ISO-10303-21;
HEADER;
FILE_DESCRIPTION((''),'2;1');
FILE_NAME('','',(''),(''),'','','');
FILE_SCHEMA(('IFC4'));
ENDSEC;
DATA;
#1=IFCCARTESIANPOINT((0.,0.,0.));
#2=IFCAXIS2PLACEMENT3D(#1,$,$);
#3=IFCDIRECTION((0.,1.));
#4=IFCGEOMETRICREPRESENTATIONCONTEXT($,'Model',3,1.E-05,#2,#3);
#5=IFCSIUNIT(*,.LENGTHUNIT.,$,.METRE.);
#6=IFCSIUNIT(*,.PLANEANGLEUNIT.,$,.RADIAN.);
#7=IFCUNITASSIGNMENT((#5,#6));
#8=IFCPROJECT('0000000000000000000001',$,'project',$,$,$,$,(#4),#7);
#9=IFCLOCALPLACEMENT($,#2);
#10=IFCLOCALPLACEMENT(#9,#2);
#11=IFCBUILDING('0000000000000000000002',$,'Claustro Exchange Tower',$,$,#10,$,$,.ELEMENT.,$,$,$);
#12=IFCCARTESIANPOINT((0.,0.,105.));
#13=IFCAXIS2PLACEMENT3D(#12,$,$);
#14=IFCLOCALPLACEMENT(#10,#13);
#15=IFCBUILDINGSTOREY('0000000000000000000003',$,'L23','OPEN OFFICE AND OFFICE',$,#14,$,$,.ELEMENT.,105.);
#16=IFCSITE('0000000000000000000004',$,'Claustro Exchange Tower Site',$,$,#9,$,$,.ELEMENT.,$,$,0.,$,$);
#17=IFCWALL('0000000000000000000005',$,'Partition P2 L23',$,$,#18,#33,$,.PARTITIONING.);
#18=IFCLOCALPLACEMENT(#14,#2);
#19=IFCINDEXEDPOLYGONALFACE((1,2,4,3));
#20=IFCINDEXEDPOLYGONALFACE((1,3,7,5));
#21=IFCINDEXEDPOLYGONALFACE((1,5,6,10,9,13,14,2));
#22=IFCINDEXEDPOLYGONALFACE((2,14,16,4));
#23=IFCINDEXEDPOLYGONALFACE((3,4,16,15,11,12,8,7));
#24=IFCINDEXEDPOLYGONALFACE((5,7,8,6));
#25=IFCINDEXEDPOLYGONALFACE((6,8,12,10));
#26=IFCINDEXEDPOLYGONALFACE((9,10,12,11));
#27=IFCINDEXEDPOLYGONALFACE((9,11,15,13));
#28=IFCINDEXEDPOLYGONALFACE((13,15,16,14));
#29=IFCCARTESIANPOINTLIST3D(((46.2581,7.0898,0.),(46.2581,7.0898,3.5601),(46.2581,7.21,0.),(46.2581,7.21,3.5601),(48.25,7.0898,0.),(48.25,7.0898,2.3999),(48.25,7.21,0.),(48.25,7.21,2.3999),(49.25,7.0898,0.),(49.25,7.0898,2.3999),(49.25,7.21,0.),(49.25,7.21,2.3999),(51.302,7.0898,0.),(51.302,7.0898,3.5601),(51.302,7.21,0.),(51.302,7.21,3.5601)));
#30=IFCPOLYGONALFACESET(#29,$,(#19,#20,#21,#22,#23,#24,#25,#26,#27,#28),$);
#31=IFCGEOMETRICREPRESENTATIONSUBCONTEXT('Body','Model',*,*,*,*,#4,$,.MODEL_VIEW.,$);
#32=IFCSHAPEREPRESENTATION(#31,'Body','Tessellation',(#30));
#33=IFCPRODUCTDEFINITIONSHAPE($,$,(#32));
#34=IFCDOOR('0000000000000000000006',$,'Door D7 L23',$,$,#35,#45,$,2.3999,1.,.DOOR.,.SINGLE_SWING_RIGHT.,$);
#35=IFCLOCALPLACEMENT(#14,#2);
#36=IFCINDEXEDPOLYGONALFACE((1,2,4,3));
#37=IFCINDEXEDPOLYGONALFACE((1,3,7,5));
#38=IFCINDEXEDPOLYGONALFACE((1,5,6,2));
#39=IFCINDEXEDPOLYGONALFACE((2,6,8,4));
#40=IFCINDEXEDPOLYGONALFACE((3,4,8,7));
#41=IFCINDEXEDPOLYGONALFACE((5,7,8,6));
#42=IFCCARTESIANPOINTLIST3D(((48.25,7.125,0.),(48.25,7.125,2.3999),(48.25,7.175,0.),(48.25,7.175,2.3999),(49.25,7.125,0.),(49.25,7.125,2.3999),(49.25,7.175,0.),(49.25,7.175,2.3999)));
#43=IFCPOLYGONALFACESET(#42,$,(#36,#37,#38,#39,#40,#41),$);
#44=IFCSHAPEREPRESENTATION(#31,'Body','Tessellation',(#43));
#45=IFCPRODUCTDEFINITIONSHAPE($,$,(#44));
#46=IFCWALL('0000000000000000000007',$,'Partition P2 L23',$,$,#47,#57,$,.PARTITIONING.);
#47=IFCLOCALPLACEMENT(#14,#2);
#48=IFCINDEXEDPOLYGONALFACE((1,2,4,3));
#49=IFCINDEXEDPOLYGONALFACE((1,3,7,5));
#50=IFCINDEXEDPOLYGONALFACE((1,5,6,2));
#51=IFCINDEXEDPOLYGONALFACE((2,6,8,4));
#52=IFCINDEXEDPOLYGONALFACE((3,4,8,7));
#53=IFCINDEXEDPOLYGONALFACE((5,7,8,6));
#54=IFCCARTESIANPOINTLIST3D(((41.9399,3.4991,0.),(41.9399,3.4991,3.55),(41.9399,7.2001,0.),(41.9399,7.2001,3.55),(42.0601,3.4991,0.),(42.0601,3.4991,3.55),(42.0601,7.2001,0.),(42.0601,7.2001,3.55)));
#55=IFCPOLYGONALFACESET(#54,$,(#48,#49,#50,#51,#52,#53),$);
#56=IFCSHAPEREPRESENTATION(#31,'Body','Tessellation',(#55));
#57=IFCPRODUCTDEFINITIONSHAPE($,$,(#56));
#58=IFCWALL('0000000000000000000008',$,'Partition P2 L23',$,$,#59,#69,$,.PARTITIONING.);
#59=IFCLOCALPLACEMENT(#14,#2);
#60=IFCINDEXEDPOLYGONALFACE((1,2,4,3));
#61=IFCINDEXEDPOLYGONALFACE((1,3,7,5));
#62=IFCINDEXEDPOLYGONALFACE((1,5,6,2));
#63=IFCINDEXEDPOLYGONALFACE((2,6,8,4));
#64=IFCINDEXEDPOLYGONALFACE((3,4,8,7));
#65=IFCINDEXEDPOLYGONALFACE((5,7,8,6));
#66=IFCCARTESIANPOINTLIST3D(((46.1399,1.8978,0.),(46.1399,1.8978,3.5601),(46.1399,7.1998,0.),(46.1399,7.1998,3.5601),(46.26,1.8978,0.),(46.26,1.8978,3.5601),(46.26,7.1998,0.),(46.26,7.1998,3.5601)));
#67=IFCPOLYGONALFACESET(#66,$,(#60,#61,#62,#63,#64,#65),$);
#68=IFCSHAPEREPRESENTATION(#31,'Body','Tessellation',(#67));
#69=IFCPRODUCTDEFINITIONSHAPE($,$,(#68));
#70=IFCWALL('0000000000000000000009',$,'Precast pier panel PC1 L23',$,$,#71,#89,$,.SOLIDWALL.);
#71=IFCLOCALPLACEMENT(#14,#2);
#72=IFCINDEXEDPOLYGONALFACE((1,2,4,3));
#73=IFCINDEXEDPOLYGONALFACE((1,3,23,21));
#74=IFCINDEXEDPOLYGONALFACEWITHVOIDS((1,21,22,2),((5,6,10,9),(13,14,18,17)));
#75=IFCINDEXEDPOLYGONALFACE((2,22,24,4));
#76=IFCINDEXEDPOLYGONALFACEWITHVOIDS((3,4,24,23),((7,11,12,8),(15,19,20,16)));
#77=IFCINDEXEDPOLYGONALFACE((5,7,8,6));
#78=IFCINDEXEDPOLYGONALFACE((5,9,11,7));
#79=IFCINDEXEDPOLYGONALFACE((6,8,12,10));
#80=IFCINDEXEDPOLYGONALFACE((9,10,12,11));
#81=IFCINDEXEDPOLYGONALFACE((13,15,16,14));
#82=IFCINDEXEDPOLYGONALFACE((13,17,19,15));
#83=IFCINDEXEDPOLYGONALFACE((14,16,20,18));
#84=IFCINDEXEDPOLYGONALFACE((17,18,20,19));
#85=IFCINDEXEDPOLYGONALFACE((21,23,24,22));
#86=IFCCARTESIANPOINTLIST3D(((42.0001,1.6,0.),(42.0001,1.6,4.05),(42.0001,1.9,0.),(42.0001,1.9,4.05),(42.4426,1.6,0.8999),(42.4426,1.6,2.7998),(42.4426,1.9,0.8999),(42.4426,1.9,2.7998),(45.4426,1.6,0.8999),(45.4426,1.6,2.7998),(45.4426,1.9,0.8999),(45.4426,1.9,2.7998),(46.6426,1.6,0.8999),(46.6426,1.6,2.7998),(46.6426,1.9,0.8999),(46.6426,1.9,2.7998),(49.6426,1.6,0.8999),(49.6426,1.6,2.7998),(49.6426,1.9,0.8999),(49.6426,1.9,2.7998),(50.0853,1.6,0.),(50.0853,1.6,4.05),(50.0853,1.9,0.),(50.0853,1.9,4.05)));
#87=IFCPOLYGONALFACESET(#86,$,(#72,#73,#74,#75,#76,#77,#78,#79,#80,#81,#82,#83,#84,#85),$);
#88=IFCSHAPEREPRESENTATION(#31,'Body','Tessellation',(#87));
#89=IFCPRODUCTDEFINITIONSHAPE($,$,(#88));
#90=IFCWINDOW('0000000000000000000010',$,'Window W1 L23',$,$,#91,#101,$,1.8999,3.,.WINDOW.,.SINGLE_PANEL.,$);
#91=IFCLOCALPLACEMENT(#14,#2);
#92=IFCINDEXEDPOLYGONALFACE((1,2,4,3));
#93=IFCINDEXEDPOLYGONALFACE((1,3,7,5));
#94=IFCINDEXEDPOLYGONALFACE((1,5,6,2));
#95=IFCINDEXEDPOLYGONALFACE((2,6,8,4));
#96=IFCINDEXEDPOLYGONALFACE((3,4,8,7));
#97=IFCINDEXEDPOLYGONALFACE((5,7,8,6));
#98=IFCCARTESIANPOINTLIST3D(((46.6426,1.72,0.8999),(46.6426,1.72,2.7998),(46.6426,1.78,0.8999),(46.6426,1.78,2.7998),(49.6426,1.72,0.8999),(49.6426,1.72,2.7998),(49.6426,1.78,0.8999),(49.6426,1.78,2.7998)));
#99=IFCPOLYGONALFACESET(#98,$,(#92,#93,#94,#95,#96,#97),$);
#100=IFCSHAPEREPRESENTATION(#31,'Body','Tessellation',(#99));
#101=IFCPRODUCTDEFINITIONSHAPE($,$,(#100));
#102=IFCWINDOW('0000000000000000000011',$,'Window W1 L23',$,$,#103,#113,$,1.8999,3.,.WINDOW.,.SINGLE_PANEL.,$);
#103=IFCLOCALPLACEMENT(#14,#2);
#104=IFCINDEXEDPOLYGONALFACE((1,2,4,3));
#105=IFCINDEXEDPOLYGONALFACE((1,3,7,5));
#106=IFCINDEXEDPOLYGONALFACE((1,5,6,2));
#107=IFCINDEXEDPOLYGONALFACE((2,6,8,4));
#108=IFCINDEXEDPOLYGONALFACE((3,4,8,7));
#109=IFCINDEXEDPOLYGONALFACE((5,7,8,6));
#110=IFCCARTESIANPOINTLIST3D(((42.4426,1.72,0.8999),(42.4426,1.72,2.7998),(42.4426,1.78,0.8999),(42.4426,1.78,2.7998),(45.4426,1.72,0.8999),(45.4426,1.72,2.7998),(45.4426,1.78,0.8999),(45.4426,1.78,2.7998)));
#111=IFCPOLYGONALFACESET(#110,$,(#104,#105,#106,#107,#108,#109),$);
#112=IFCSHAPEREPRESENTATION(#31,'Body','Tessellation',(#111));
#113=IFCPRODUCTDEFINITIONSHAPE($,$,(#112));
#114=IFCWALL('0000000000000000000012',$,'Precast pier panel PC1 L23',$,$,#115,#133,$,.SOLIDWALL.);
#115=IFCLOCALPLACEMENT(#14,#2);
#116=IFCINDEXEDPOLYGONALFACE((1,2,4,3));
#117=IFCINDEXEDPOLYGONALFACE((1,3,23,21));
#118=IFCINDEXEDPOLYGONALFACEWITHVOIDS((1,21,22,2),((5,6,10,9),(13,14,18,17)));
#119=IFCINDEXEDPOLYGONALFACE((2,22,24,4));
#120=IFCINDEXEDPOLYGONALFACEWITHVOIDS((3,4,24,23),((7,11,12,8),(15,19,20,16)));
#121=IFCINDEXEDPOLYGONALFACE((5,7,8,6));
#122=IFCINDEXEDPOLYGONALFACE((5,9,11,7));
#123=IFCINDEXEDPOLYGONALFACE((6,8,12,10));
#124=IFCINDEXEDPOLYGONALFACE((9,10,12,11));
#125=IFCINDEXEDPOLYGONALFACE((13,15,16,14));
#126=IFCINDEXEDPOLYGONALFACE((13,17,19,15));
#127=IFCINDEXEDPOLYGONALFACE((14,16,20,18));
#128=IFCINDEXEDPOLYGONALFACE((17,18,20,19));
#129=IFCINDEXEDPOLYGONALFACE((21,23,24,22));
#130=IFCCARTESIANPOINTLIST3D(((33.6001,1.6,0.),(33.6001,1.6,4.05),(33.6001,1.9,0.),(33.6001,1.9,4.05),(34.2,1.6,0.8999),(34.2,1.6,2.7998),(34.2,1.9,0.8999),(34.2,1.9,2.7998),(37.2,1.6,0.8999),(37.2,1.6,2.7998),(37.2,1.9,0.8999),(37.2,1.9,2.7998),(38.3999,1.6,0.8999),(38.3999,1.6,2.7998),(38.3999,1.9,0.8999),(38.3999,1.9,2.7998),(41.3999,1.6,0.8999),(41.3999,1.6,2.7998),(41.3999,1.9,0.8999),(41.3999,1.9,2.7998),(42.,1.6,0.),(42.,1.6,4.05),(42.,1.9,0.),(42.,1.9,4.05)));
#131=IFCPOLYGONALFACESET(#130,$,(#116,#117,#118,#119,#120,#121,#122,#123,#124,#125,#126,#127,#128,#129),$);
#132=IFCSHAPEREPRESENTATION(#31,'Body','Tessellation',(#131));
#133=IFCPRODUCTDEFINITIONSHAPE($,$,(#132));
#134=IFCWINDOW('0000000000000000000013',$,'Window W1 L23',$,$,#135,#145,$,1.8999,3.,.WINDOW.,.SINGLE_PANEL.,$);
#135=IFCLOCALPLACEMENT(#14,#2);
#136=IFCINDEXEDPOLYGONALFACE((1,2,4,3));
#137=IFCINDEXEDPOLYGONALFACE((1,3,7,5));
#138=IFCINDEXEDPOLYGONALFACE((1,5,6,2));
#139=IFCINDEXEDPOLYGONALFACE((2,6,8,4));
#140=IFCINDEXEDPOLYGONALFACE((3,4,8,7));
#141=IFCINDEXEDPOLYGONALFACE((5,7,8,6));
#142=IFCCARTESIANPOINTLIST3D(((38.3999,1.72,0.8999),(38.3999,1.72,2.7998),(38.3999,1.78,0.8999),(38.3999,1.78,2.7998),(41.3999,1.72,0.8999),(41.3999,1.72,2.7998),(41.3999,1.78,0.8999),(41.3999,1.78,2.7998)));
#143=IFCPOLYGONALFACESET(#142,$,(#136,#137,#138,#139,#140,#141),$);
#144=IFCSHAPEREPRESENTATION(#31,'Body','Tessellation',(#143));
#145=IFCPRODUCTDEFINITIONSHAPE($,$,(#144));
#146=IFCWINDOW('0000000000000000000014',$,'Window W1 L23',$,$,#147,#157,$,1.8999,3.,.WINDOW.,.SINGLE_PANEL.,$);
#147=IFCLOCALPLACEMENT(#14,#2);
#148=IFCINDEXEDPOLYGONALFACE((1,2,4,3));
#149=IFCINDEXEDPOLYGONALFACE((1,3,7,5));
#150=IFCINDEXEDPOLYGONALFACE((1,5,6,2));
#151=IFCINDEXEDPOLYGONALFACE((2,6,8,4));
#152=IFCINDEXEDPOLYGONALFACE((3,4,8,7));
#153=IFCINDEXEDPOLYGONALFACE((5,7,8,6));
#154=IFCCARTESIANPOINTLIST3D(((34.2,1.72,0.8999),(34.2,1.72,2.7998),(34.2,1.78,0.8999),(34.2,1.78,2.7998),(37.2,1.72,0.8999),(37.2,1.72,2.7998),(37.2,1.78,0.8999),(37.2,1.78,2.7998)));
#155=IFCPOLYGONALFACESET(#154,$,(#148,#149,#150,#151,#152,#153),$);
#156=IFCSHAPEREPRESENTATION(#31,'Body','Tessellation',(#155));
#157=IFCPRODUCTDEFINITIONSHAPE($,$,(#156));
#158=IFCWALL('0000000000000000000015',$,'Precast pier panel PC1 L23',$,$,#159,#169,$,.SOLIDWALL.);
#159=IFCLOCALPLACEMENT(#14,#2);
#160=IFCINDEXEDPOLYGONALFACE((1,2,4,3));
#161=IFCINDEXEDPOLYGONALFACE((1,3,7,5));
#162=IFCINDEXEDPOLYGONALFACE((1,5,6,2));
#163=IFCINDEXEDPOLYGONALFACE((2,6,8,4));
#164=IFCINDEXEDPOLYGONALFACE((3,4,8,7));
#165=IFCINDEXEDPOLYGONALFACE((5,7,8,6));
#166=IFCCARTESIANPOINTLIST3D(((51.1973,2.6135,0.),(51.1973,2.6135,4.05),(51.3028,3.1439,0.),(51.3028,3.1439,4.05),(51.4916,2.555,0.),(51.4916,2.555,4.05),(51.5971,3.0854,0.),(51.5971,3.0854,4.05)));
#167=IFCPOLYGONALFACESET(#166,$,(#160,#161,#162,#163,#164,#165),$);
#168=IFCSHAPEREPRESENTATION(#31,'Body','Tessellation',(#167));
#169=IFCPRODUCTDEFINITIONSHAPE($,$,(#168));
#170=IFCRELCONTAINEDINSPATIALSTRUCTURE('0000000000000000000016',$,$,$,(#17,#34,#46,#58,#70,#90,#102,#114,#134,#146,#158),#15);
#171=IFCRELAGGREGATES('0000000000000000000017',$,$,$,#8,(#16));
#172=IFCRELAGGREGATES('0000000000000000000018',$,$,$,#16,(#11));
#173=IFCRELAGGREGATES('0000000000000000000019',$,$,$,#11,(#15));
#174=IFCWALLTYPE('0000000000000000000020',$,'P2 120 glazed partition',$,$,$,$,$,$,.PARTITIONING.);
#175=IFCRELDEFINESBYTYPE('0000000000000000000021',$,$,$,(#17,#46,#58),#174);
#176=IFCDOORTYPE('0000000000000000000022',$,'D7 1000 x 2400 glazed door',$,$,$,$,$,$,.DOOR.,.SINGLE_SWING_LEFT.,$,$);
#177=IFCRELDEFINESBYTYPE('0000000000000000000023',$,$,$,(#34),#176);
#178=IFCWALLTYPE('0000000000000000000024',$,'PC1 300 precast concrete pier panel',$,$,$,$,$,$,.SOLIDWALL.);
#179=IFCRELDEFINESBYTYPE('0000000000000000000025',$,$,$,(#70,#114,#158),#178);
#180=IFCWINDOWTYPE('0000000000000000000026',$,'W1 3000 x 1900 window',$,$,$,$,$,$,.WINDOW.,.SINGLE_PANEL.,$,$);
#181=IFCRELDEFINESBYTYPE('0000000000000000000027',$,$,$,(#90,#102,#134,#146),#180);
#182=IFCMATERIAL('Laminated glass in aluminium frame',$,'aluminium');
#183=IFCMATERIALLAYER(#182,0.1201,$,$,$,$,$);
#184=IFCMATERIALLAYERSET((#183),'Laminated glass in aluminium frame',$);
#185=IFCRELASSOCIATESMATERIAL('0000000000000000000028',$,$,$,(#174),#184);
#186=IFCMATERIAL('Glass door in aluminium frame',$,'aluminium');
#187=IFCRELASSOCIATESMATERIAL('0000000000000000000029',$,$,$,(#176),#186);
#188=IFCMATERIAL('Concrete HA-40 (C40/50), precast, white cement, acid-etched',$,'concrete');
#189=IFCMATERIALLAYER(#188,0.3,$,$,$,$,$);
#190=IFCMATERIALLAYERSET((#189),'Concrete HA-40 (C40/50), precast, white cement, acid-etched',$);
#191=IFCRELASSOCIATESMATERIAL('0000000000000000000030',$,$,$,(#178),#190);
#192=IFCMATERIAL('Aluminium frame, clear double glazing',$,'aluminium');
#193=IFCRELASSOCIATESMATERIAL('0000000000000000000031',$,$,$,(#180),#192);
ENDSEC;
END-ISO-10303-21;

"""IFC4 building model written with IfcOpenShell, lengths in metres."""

from ifc_helpers import new_model, si_unit, direction, frame, frame_2d, origin, place, context, subcontext, project, spatial, rectangle, extrude, material, layer, layer_set, type_object, element, fill, save


model = new_model("IFC4")

# Units and contexts
model_context = context("Model", 3, precision=1e-05, world=origin(), true_north=direction((0.0, 1.0)))
body_context = subcontext(model_context, "Body", "Model", "MODEL_VIEW")
ifc_project = project(units=[si_unit("LENGTHUNIT", "METRE"), si_unit("PLANEANGLEUNIT", "RADIAN")], contexts=[model_context])

# Site, building, storey
site_placement = place(None, origin())
site = spatial("IfcSite", under=ifc_project, at=site_placement, Name="Claustro Exchange Tower Site", CompositionType="ELEMENT", RefElevation=0.0)
building_placement = place(site_placement, origin())
building = spatial("IfcBuilding", under=site, at=building_placement, Name="Claustro Exchange Tower", CompositionType="ELEMENT")
storey_placement = place(building_placement, frame((0.0, 0.0, 105.0)))
storey = spatial("IfcBuildingStorey", under=building, at=storey_placement, Name="L23", Description="OPEN OFFICE AND OFFICE", CompositionType="ELEMENT", Elevation=105.0)

# Wall, opening, door
ifc_material_1 = material(Name="Laminated glass in aluminium frame", Category="aluminium")
ifc_layer_1 = layer(ifc_material_1, 0.1201)
ifc_layer_set_1 = layer_set([ifc_layer_1], Name="Laminated glass in aluminium frame")
wall_type_1 = type_object("IfcWallType", Name="P2 120 glazed partition", PredefinedType="PARTITIONING", material=ifc_layer_set_1)
ifc_material_2 = material(Name="Glass door in aluminium frame", Category="aluminium")
door_type = type_object("IfcDoorType", Name="D7 1000 x 2400 glazed door", OperationType="SINGLE_SWING_LEFT", PredefinedType="DOOR", material=ifc_material_2)
wall_1_placement = place(storey_placement, frame((46.2581, 7.1499, 0.0), z_axis=(0.0, 0.0, 1.0), x_axis=(1.0, 0.0, 0.0)))
wall_1 = element("IfcWall", 1, at=wall_1_placement, inside=storey, type_object=wall_type_1, Name="Partition P2 L23", PredefinedType="PARTITIONING", context=body_context, shape_type="SweptSolid", body=[
    extrude(rectangle(XDim=5.0439, YDim=0.1201, at=frame_2d((2.522, 0.0))), origin(), (0.0, 0.0, 1.0), 3.5601),
])
opening_1_placement = place(wall_1_placement, frame((1.9919, 0.0, 0.0)))
opening_1 = element("IfcOpeningElement", 2, at=opening_1_placement, cuts=wall_1, PredefinedType="OPENING", context=body_context, shape_type="SweptSolid", body=[
    extrude(rectangle(XDim=1.0, YDim=2.3999, at=frame_2d((0.5, 1.2))), frame((0.0, 0.0701, 0.0), z_axis=(0.0, -1.0, 0.0), x_axis=(1.0, 0.0, 0.0)), (0.0, 0.0, 1.0), 0.1401),
])
door_1_placement = place(opening_1_placement, frame((1.0, 0.0, 0.0), z_axis=(0.0, 0.0, 1.0), x_axis=(-1.0, 0.0, 0.0)))
door_1 = element("IfcDoor", 3, at=door_1_placement, inside=storey, type_object=door_type, Name="Door D7 L23", OperationType="SINGLE_SWING_RIGHT", OverallHeight=2.3999, OverallWidth=1.0, PredefinedType="DOOR", context=body_context, shape_type="SweptSolid", body=[
    extrude(rectangle(XDim=1.0, YDim=2.3999, at=frame_2d((0.5, 1.2))), frame((0.0, 0.0249, 0.0), z_axis=(0.0, -1.0, 0.0), x_axis=(1.0, 0.0, 0.0)), (0.0, 0.0, 1.0), 0.05),
])
fill(opening_1, door_1)

# Walls
wall_2_placement = place(storey_placement, frame((42.0, 3.499, 0.0), z_axis=(0.0, 0.0, 1.0), x_axis=(0.0, 1.0, 0.0)))
element("IfcWall", 4, at=wall_2_placement, inside=storey, type_object=wall_type_1, Name="Partition P2 L23", PredefinedType="PARTITIONING", context=body_context, shape_type="SweptSolid", body=[
    extrude(rectangle(XDim=3.7009, YDim=0.1201, at=frame_2d((1.8506, 0.0))), origin(), (0.0, 0.0, 1.0), 3.55),
])
wall_3_placement = place(storey_placement, frame((46.2, 1.8979, 0.0), z_axis=(0.0, 0.0, 1.0), x_axis=(0.0, 1.0, 0.0)))
element("IfcWall", 5, at=wall_3_placement, inside=storey, type_object=wall_type_1, Name="Partition P2 L23", PredefinedType="PARTITIONING", context=body_context, shape_type="SweptSolid", body=[
    extrude(rectangle(XDim=5.302, YDim=0.1201, at=frame_2d((2.6509, 0.0))), origin(), (0.0, 0.0, 1.0), 3.5601),
])

# Walls, openings, windows
ifc_material_3 = material(Name="Concrete HA-40 (C40/50), precast, white cement, acid-etched", Category="concrete")
ifc_layer_2 = layer(ifc_material_3, 0.3)
ifc_layer_set_2 = layer_set([ifc_layer_2], Name="Concrete HA-40 (C40/50), precast, white cement, acid-etched")
wall_type_2 = type_object("IfcWallType", Name="PC1 300 precast concrete pier panel", PredefinedType="SOLIDWALL", material=ifc_layer_set_2)
wall_4_placement = place(storey_placement, frame((50.0852, 1.75, 0.0), z_axis=(0.0, 0.0, 1.0), x_axis=(-1.0, 0.0, 0.0)))
wall_4 = element("IfcWall", 6, at=wall_4_placement, inside=storey, type_object=wall_type_2, Name="Precast pier panel PC1 L23", PredefinedType="SOLIDWALL", context=body_context, shape_type="SweptSolid", body=[
    extrude(rectangle(XDim=8.0852, YDim=0.3, at=frame_2d((4.0425, 0.0))), origin(), (0.0, 0.0, 1.0), 4.05),
])
opening_2_placement = place(wall_4_placement, frame((0.4426, 0.0, 0.8999)))
opening_2 = element("IfcOpeningElement", 7, at=opening_2_placement, cuts=wall_4, PredefinedType="OPENING", context=body_context, shape_type="SweptSolid", body=[
    extrude(rectangle(XDim=3.0, YDim=1.8999, at=frame_2d((1.5, 0.95))), frame((0.0, 0.1599, 0.0), z_axis=(0.0, -1.0, 0.0), x_axis=(1.0, 0.0, 0.0)), (0.0, 0.0, 1.0), 0.3201),
])
opening_3_placement = place(wall_4_placement, frame((4.6426, 0.0, 0.8999)))
opening_3 = element("IfcOpeningElement", 8, at=opening_3_placement, cuts=wall_4, PredefinedType="OPENING", context=body_context, shape_type="SweptSolid", body=[
    extrude(rectangle(XDim=3.0, YDim=1.8999, at=frame_2d((1.5, 0.95))), frame((0.0, 0.1599, 0.0), z_axis=(0.0, -1.0, 0.0), x_axis=(1.0, 0.0, 0.0)), (0.0, 0.0, 1.0), 0.3201),
])
ifc_material_4 = material(Name="Aluminium frame, clear double glazing", Category="aluminium")
window_type = type_object("IfcWindowType", Name="W1 3000 x 1900 window", PartitioningType="SINGLE_PANEL", PredefinedType="WINDOW", material=ifc_material_4)
window_1_placement = place(opening_2_placement, origin())
window_1 = element("IfcWindow", 9, at=window_1_placement, inside=storey, type_object=window_type, Name="Window W1 L23", OverallHeight=1.8999, OverallWidth=3.0, PartitioningType="SINGLE_PANEL", PredefinedType="WINDOW", context=body_context, shape_type="SweptSolid", body=[
    extrude(rectangle(XDim=3.0, YDim=1.8999, at=frame_2d((1.5, 0.95))), frame((0.0, 0.03, 0.0), z_axis=(0.0, -1.0, 0.0), x_axis=(1.0, 0.0, 0.0)), (0.0, 0.0, 1.0), 0.0601),
])
fill(opening_2, window_1)
window_2_placement = place(opening_3_placement, origin())
window_2 = element("IfcWindow", 10, at=window_2_placement, inside=storey, type_object=window_type, Name="Window W1 L23", OverallHeight=1.8999, OverallWidth=3.0, PartitioningType="SINGLE_PANEL", PredefinedType="WINDOW", context=body_context, shape_type="SweptSolid", body=[
    extrude(rectangle(XDim=3.0, YDim=1.8999, at=frame_2d((1.5, 0.95))), frame((0.0, 0.03, 0.0), z_axis=(0.0, -1.0, 0.0), x_axis=(1.0, 0.0, 0.0)), (0.0, 0.0, 1.0), 0.0601),
])
fill(opening_3, window_2)
wall_5_placement = place(storey_placement, frame((42.0, 1.75, 0.0), z_axis=(0.0, 0.0, 1.0), x_axis=(-1.0, 0.0, 0.0)))
wall_5 = element("IfcWall", 11, at=wall_5_placement, inside=storey, type_object=wall_type_2, Name="Precast pier panel PC1 L23", PredefinedType="SOLIDWALL", context=body_context, shape_type="SweptSolid", body=[
    extrude(rectangle(XDim=8.3999, YDim=0.3, at=frame_2d((4.2, 0.0))), origin(), (0.0, 0.0, 1.0), 4.05),
])
opening_4_placement = place(wall_5_placement, frame((0.6001, 0.0, 0.8999)))
opening_4 = element("IfcOpeningElement", 12, at=opening_4_placement, cuts=wall_5, PredefinedType="OPENING", context=body_context, shape_type="SweptSolid", body=[
    extrude(rectangle(XDim=3.0, YDim=1.8999, at=frame_2d((1.5, 0.95))), frame((0.0, 0.1599, 0.0), z_axis=(0.0, -1.0, 0.0), x_axis=(1.0, 0.0, 0.0)), (0.0, 0.0, 1.0), 0.3201),
])
opening_5_placement = place(wall_5_placement, frame((4.8, 0.0, 0.8999)))
opening_5 = element("IfcOpeningElement", 13, at=opening_5_placement, cuts=wall_5, PredefinedType="OPENING", context=body_context, shape_type="SweptSolid", body=[
    extrude(rectangle(XDim=3.0, YDim=1.8999, at=frame_2d((1.5, 0.95))), frame((0.0, 0.1599, 0.0), z_axis=(0.0, -1.0, 0.0), x_axis=(1.0, 0.0, 0.0)), (0.0, 0.0, 1.0), 0.3201),
])
window_3_placement = place(opening_4_placement, origin())
window_3 = element("IfcWindow", 14, at=window_3_placement, inside=storey, type_object=window_type, Name="Window W1 L23", OverallHeight=1.8999, OverallWidth=3.0, PartitioningType="SINGLE_PANEL", PredefinedType="WINDOW", context=body_context, shape_type="SweptSolid", body=[
    extrude(rectangle(XDim=3.0, YDim=1.8999, at=frame_2d((1.5, 0.95))), frame((0.0, 0.03, 0.0), z_axis=(0.0, -1.0, 0.0), x_axis=(1.0, 0.0, 0.0)), (0.0, 0.0, 1.0), 0.0601),
])
fill(opening_4, window_3)
window_4_placement = place(opening_5_placement, origin())
window_4 = element("IfcWindow", 15, at=window_4_placement, inside=storey, type_object=window_type, Name="Window W1 L23", OverallHeight=1.8999, OverallWidth=3.0, PartitioningType="SINGLE_PANEL", PredefinedType="WINDOW", context=body_context, shape_type="SweptSolid", body=[
    extrude(rectangle(XDim=3.0, YDim=1.8999, at=frame_2d((1.5, 0.95))), frame((0.0, 0.03, 0.0), z_axis=(0.0, -1.0, 0.0), x_axis=(1.0, 0.0, 0.0)), (0.0, 0.0, 1.0), 0.0601),
])
fill(opening_5, window_4)

# Wall
wall_6_placement = place(storey_placement, frame((51.45, 3.1147, 0.0), z_axis=(0.0, 0.0, 1.0), x_axis=(-0.195074, -0.980789, 0.0)))
element("IfcWall", 16, at=wall_6_placement, inside=storey, type_object=wall_type_2, Name="Precast pier panel PC1 L23", PredefinedType="SOLIDWALL", context=body_context, shape_type="SweptSolid", body=[
    extrude(rectangle(XDim=0.5408, YDim=0.3, at=frame_2d((0.2705, 0.0))), origin(), (0.0, 0.0, 1.0), 4.05),
])

save(model, "model.ifc")
